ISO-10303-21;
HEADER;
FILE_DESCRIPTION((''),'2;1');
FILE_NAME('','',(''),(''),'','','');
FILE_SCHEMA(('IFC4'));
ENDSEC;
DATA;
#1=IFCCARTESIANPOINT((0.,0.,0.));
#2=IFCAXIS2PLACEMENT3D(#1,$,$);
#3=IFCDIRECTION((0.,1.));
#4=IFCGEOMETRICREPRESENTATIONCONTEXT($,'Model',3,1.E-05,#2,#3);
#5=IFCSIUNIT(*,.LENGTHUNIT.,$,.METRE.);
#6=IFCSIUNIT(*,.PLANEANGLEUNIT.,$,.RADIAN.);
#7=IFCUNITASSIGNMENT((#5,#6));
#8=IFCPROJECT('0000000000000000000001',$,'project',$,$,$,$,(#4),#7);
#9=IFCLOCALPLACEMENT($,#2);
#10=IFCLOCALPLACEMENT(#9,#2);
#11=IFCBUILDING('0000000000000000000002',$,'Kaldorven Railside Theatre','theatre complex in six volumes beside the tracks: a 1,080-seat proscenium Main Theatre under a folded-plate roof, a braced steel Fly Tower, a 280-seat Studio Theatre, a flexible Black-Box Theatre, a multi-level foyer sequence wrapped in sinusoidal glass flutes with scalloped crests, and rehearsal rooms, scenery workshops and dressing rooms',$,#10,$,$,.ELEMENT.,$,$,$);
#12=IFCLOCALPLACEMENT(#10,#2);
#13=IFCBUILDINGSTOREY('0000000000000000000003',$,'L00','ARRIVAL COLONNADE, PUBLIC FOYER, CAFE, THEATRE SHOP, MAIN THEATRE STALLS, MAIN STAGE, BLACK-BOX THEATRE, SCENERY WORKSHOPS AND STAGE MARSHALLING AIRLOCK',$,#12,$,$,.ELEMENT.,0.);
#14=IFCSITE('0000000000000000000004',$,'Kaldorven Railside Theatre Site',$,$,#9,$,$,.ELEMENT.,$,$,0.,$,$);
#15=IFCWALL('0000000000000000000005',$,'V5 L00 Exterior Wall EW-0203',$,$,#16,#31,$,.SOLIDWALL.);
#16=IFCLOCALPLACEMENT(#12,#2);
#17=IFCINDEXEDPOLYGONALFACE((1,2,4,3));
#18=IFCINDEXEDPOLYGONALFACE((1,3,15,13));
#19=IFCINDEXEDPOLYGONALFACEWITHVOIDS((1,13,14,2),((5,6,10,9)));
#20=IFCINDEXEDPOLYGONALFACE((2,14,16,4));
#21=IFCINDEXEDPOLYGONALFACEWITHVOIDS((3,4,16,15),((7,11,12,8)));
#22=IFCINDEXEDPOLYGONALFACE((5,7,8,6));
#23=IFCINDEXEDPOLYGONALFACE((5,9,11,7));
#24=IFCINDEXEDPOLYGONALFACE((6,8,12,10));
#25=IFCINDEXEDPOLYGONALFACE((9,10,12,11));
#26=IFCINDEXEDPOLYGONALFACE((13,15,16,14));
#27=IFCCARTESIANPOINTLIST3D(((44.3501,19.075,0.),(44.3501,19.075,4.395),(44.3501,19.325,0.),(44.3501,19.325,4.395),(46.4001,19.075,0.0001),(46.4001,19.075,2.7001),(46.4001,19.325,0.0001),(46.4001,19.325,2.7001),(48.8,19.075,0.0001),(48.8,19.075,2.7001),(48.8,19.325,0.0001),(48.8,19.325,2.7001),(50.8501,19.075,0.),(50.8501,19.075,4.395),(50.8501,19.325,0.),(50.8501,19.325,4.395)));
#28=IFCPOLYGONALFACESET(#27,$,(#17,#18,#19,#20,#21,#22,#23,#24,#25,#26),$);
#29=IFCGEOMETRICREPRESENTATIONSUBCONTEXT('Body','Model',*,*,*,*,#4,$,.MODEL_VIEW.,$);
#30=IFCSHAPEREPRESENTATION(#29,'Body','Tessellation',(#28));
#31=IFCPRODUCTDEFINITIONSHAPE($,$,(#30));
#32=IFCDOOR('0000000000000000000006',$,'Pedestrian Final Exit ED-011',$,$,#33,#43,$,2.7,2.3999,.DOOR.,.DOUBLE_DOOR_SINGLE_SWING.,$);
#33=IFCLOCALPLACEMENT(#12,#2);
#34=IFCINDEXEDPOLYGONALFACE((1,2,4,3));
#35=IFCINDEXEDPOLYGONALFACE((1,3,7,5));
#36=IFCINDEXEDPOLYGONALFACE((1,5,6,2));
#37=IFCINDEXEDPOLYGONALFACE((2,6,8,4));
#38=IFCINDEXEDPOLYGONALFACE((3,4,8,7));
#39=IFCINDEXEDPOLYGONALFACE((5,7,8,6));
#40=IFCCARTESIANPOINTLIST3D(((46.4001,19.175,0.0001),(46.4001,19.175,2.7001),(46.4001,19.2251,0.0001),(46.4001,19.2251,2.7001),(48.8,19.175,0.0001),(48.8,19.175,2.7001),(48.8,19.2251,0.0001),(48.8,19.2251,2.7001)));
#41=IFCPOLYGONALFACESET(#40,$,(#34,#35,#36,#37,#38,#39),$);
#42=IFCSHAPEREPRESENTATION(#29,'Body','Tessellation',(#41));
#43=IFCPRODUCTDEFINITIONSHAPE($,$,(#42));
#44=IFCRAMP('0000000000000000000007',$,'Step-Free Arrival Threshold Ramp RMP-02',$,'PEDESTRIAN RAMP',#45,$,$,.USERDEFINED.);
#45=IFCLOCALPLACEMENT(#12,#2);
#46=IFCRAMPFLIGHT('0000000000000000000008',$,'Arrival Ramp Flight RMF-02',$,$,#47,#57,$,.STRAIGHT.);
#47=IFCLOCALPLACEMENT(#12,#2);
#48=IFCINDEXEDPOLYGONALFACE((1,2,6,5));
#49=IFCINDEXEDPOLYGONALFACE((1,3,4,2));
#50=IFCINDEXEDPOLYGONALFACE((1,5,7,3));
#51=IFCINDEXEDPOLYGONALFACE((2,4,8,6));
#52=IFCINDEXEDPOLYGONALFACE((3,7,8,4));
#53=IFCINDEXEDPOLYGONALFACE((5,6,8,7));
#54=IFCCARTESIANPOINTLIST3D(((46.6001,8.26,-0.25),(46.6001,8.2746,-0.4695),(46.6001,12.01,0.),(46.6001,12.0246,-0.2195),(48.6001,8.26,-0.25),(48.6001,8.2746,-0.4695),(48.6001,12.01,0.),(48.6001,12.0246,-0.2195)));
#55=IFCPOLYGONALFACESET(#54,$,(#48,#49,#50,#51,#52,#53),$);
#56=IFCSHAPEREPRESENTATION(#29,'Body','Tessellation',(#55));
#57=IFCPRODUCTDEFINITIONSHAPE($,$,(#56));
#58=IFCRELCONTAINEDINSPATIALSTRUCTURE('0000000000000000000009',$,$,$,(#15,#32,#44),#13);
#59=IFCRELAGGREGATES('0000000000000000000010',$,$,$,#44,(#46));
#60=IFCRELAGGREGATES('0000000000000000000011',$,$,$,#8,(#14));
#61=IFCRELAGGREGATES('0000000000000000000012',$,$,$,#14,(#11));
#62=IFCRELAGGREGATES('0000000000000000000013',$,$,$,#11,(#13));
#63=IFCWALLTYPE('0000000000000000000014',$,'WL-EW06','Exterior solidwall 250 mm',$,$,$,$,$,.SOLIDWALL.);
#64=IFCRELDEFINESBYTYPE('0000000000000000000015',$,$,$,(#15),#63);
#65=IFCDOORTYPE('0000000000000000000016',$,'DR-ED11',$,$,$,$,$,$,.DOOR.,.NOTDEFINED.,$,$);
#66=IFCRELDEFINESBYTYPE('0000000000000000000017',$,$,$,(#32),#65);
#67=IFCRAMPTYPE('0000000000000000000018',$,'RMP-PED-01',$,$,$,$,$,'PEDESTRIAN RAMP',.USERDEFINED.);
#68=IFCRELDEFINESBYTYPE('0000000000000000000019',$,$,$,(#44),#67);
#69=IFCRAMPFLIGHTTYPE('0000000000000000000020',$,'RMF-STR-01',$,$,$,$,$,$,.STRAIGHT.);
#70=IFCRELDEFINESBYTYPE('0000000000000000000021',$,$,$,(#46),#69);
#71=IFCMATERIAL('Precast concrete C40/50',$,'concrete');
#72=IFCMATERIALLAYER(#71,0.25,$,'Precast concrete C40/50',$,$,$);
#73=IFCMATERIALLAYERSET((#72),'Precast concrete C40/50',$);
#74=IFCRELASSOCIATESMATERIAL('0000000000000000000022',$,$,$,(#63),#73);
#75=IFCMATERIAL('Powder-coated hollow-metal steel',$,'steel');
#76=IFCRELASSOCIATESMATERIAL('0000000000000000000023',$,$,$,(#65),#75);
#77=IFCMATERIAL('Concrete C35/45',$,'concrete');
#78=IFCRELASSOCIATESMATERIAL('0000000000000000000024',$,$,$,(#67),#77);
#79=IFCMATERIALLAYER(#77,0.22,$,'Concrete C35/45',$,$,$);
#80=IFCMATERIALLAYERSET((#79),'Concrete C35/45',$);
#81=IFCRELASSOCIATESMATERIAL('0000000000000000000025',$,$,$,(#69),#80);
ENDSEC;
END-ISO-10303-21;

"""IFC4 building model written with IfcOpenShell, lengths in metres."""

from ifc_helpers import new_model, si_unit, direction, frame, frame_2d, origin, place, context, subcontext, project, spatial, polyline, rectangle, outline, extrude, material, layer, layer_set, type_object, element, fill, aggregate, save


model = new_model("IFC4")

# Units and contexts
model_context = context("Model", 3, precision=1e-05, world=origin(), true_north=direction((0.0, 1.0)))
body_context = subcontext(model_context, "Body", "Model", "MODEL_VIEW")
ifc_project = project(units=[si_unit("LENGTHUNIT", "METRE"), si_unit("PLANEANGLEUNIT", "RADIAN")], contexts=[model_context])

# Site, building, storey
site_placement = place(None, origin())
site = spatial("IfcSite", under=ifc_project, at=site_placement, Name="Kaldorven Railside Theatre Site", CompositionType="ELEMENT", RefElevation=0.0)
building_placement = place(site_placement, origin())
building = spatial("IfcBuilding", under=site, at=building_placement, Name="Kaldorven Railside Theatre", Description="theatre complex in six volumes beside the tracks: a 1,080-seat proscenium Main Theatre under a folded-plate roof, a braced steel Fly Tower, a 280-seat Studio Theatre, a flexible Black-Box Theatre, a multi-level foyer sequence wrapped in sinusoidal glass flutes with scalloped crests, and rehearsal rooms, scenery workshops and dressing rooms", CompositionType="ELEMENT")
storey_placement = place(building_placement, origin())
storey = spatial("IfcBuildingStorey", under=building, at=storey_placement, Name="L00", Description="ARRIVAL COLONNADE, PUBLIC FOYER, CAFE, THEATRE SHOP, MAIN THEATRE STALLS, MAIN STAGE, BLACK-BOX THEATRE, SCENERY WORKSHOPS AND STAGE MARSHALLING AIRLOCK", CompositionType="ELEMENT", Elevation=0.0)

# Wall, opening, door
ifc_material_1 = material(Name="Precast concrete C40/50", Category="concrete")
ifc_layer_1 = layer(ifc_material_1, 0.25, Name="Precast concrete C40/50")
ifc_layer_set_1 = layer_set([ifc_layer_1], Name="Precast concrete C40/50")
wall_type = type_object("IfcWallType", Name="WL-EW06", Description="Exterior solidwall 250 mm", PredefinedType="SOLIDWALL", material=ifc_layer_set_1)
wall_placement = place(storey_placement, frame((50.8501, 19.2, 0.0), z_axis=(0.0, 0.0, 1.0), x_axis=(-1.0, 0.0, 0.0)))
wall = element("IfcWall", 1, at=wall_placement, inside=storey, type_object=wall_type, Name="V5 L00 Exterior Wall EW-0203", PredefinedType="SOLIDWALL", context=body_context, shape_type="SweptSolid", body=[
    extrude(rectangle(XDim=6.5, YDim=0.25, at=frame_2d((3.25, 0.0))), origin(), (0.0, 0.0, 1.0), 4.395),
])
opening_placement = place(wall_placement, frame((2.05, 0.0, 0.0)))
opening = element("IfcOpeningElement", 2, at=opening_placement, cuts=wall, PredefinedType="OPENING", context=body_context, shape_type="SweptSolid", body=[
    extrude(rectangle(XDim=2.3999, YDim=2.7, at=frame_2d((1.2, 1.3501))), frame((0.0, 0.135, 0.0), z_axis=(0.0, -1.0, 0.0), x_axis=(1.0, 0.0, 0.0)), (0.0, 0.0, 1.0), 0.27),
])
ifc_material_2 = material(Name="Powder-coated hollow-metal steel", Category="steel")
door_type = type_object("IfcDoorType", Name="DR-ED11", OperationType="NOTDEFINED", PredefinedType="DOOR", material=ifc_material_2)
door_placement = place(opening_placement, origin())
door = element("IfcDoor", 3, at=door_placement, inside=storey, type_object=door_type, Name="Pedestrian Final Exit ED-011", OperationType="DOUBLE_DOOR_SINGLE_SWING", OverallHeight=2.7, OverallWidth=2.3999, PredefinedType="DOOR", context=body_context, shape_type="SweptSolid", body=[
    extrude(rectangle(XDim=2.3999, YDim=2.7, at=frame_2d((1.2, 1.3501))), frame((0.0, 0.0249, 0.0), z_axis=(0.0, -1.0, 0.0), x_axis=(1.0, 0.0, 0.0)), (0.0, 0.0, 1.0), 0.05),
])
fill(opening, door)

# Ramp, ramp flight
ifc_material_3 = material(Name="Concrete C35/45", Category="concrete")
ramp_type = type_object("IfcRampType", Name="RMP-PED-01", ElementType="PEDESTRIAN RAMP", PredefinedType="USERDEFINED", material=ifc_material_3)
ramp_placement = place(storey_placement, origin())
ramp = element("IfcRamp", 4, at=ramp_placement, inside=storey, type_object=ramp_type, Name="Step-Free Arrival Threshold Ramp RMP-02", ObjectType="PEDESTRIAN RAMP", PredefinedType="USERDEFINED")
ifc_layer_2 = layer(ifc_material_3, 0.22, Name="Concrete C35/45")
ifc_layer_set_2 = layer_set([ifc_layer_2], Name="Concrete C35/45")
ramp_flight_type = type_object("IfcRampFlightType", Name="RMF-STR-01", PredefinedType="STRAIGHT", material=ifc_layer_set_2)
ramp_flight_placement = place(storey_placement, frame((46.6001, 8.26, -0.25), z_axis=(0.0, -0.066519, 0.997785), x_axis=(1.0, 0.0, 0.0)))
ramp_flight = element("IfcRampFlight", 5, at=ramp_flight_placement, type_object=ramp_flight_type, Name="Arrival Ramp Flight RMF-02", PredefinedType="STRAIGHT", context=body_context, shape_type="SweptSolid", body=[
    extrude(outline(polyline([(0.0, 0.0), (2.0, 0.0), (2.0, 3.7583), (0.0, 3.7583), (0.0, 0.0)])), origin(), (0.0, 0.0, -1.0), 0.22),
])
aggregate(ramp, [ramp_flight])

save(model, "model.ifc")
